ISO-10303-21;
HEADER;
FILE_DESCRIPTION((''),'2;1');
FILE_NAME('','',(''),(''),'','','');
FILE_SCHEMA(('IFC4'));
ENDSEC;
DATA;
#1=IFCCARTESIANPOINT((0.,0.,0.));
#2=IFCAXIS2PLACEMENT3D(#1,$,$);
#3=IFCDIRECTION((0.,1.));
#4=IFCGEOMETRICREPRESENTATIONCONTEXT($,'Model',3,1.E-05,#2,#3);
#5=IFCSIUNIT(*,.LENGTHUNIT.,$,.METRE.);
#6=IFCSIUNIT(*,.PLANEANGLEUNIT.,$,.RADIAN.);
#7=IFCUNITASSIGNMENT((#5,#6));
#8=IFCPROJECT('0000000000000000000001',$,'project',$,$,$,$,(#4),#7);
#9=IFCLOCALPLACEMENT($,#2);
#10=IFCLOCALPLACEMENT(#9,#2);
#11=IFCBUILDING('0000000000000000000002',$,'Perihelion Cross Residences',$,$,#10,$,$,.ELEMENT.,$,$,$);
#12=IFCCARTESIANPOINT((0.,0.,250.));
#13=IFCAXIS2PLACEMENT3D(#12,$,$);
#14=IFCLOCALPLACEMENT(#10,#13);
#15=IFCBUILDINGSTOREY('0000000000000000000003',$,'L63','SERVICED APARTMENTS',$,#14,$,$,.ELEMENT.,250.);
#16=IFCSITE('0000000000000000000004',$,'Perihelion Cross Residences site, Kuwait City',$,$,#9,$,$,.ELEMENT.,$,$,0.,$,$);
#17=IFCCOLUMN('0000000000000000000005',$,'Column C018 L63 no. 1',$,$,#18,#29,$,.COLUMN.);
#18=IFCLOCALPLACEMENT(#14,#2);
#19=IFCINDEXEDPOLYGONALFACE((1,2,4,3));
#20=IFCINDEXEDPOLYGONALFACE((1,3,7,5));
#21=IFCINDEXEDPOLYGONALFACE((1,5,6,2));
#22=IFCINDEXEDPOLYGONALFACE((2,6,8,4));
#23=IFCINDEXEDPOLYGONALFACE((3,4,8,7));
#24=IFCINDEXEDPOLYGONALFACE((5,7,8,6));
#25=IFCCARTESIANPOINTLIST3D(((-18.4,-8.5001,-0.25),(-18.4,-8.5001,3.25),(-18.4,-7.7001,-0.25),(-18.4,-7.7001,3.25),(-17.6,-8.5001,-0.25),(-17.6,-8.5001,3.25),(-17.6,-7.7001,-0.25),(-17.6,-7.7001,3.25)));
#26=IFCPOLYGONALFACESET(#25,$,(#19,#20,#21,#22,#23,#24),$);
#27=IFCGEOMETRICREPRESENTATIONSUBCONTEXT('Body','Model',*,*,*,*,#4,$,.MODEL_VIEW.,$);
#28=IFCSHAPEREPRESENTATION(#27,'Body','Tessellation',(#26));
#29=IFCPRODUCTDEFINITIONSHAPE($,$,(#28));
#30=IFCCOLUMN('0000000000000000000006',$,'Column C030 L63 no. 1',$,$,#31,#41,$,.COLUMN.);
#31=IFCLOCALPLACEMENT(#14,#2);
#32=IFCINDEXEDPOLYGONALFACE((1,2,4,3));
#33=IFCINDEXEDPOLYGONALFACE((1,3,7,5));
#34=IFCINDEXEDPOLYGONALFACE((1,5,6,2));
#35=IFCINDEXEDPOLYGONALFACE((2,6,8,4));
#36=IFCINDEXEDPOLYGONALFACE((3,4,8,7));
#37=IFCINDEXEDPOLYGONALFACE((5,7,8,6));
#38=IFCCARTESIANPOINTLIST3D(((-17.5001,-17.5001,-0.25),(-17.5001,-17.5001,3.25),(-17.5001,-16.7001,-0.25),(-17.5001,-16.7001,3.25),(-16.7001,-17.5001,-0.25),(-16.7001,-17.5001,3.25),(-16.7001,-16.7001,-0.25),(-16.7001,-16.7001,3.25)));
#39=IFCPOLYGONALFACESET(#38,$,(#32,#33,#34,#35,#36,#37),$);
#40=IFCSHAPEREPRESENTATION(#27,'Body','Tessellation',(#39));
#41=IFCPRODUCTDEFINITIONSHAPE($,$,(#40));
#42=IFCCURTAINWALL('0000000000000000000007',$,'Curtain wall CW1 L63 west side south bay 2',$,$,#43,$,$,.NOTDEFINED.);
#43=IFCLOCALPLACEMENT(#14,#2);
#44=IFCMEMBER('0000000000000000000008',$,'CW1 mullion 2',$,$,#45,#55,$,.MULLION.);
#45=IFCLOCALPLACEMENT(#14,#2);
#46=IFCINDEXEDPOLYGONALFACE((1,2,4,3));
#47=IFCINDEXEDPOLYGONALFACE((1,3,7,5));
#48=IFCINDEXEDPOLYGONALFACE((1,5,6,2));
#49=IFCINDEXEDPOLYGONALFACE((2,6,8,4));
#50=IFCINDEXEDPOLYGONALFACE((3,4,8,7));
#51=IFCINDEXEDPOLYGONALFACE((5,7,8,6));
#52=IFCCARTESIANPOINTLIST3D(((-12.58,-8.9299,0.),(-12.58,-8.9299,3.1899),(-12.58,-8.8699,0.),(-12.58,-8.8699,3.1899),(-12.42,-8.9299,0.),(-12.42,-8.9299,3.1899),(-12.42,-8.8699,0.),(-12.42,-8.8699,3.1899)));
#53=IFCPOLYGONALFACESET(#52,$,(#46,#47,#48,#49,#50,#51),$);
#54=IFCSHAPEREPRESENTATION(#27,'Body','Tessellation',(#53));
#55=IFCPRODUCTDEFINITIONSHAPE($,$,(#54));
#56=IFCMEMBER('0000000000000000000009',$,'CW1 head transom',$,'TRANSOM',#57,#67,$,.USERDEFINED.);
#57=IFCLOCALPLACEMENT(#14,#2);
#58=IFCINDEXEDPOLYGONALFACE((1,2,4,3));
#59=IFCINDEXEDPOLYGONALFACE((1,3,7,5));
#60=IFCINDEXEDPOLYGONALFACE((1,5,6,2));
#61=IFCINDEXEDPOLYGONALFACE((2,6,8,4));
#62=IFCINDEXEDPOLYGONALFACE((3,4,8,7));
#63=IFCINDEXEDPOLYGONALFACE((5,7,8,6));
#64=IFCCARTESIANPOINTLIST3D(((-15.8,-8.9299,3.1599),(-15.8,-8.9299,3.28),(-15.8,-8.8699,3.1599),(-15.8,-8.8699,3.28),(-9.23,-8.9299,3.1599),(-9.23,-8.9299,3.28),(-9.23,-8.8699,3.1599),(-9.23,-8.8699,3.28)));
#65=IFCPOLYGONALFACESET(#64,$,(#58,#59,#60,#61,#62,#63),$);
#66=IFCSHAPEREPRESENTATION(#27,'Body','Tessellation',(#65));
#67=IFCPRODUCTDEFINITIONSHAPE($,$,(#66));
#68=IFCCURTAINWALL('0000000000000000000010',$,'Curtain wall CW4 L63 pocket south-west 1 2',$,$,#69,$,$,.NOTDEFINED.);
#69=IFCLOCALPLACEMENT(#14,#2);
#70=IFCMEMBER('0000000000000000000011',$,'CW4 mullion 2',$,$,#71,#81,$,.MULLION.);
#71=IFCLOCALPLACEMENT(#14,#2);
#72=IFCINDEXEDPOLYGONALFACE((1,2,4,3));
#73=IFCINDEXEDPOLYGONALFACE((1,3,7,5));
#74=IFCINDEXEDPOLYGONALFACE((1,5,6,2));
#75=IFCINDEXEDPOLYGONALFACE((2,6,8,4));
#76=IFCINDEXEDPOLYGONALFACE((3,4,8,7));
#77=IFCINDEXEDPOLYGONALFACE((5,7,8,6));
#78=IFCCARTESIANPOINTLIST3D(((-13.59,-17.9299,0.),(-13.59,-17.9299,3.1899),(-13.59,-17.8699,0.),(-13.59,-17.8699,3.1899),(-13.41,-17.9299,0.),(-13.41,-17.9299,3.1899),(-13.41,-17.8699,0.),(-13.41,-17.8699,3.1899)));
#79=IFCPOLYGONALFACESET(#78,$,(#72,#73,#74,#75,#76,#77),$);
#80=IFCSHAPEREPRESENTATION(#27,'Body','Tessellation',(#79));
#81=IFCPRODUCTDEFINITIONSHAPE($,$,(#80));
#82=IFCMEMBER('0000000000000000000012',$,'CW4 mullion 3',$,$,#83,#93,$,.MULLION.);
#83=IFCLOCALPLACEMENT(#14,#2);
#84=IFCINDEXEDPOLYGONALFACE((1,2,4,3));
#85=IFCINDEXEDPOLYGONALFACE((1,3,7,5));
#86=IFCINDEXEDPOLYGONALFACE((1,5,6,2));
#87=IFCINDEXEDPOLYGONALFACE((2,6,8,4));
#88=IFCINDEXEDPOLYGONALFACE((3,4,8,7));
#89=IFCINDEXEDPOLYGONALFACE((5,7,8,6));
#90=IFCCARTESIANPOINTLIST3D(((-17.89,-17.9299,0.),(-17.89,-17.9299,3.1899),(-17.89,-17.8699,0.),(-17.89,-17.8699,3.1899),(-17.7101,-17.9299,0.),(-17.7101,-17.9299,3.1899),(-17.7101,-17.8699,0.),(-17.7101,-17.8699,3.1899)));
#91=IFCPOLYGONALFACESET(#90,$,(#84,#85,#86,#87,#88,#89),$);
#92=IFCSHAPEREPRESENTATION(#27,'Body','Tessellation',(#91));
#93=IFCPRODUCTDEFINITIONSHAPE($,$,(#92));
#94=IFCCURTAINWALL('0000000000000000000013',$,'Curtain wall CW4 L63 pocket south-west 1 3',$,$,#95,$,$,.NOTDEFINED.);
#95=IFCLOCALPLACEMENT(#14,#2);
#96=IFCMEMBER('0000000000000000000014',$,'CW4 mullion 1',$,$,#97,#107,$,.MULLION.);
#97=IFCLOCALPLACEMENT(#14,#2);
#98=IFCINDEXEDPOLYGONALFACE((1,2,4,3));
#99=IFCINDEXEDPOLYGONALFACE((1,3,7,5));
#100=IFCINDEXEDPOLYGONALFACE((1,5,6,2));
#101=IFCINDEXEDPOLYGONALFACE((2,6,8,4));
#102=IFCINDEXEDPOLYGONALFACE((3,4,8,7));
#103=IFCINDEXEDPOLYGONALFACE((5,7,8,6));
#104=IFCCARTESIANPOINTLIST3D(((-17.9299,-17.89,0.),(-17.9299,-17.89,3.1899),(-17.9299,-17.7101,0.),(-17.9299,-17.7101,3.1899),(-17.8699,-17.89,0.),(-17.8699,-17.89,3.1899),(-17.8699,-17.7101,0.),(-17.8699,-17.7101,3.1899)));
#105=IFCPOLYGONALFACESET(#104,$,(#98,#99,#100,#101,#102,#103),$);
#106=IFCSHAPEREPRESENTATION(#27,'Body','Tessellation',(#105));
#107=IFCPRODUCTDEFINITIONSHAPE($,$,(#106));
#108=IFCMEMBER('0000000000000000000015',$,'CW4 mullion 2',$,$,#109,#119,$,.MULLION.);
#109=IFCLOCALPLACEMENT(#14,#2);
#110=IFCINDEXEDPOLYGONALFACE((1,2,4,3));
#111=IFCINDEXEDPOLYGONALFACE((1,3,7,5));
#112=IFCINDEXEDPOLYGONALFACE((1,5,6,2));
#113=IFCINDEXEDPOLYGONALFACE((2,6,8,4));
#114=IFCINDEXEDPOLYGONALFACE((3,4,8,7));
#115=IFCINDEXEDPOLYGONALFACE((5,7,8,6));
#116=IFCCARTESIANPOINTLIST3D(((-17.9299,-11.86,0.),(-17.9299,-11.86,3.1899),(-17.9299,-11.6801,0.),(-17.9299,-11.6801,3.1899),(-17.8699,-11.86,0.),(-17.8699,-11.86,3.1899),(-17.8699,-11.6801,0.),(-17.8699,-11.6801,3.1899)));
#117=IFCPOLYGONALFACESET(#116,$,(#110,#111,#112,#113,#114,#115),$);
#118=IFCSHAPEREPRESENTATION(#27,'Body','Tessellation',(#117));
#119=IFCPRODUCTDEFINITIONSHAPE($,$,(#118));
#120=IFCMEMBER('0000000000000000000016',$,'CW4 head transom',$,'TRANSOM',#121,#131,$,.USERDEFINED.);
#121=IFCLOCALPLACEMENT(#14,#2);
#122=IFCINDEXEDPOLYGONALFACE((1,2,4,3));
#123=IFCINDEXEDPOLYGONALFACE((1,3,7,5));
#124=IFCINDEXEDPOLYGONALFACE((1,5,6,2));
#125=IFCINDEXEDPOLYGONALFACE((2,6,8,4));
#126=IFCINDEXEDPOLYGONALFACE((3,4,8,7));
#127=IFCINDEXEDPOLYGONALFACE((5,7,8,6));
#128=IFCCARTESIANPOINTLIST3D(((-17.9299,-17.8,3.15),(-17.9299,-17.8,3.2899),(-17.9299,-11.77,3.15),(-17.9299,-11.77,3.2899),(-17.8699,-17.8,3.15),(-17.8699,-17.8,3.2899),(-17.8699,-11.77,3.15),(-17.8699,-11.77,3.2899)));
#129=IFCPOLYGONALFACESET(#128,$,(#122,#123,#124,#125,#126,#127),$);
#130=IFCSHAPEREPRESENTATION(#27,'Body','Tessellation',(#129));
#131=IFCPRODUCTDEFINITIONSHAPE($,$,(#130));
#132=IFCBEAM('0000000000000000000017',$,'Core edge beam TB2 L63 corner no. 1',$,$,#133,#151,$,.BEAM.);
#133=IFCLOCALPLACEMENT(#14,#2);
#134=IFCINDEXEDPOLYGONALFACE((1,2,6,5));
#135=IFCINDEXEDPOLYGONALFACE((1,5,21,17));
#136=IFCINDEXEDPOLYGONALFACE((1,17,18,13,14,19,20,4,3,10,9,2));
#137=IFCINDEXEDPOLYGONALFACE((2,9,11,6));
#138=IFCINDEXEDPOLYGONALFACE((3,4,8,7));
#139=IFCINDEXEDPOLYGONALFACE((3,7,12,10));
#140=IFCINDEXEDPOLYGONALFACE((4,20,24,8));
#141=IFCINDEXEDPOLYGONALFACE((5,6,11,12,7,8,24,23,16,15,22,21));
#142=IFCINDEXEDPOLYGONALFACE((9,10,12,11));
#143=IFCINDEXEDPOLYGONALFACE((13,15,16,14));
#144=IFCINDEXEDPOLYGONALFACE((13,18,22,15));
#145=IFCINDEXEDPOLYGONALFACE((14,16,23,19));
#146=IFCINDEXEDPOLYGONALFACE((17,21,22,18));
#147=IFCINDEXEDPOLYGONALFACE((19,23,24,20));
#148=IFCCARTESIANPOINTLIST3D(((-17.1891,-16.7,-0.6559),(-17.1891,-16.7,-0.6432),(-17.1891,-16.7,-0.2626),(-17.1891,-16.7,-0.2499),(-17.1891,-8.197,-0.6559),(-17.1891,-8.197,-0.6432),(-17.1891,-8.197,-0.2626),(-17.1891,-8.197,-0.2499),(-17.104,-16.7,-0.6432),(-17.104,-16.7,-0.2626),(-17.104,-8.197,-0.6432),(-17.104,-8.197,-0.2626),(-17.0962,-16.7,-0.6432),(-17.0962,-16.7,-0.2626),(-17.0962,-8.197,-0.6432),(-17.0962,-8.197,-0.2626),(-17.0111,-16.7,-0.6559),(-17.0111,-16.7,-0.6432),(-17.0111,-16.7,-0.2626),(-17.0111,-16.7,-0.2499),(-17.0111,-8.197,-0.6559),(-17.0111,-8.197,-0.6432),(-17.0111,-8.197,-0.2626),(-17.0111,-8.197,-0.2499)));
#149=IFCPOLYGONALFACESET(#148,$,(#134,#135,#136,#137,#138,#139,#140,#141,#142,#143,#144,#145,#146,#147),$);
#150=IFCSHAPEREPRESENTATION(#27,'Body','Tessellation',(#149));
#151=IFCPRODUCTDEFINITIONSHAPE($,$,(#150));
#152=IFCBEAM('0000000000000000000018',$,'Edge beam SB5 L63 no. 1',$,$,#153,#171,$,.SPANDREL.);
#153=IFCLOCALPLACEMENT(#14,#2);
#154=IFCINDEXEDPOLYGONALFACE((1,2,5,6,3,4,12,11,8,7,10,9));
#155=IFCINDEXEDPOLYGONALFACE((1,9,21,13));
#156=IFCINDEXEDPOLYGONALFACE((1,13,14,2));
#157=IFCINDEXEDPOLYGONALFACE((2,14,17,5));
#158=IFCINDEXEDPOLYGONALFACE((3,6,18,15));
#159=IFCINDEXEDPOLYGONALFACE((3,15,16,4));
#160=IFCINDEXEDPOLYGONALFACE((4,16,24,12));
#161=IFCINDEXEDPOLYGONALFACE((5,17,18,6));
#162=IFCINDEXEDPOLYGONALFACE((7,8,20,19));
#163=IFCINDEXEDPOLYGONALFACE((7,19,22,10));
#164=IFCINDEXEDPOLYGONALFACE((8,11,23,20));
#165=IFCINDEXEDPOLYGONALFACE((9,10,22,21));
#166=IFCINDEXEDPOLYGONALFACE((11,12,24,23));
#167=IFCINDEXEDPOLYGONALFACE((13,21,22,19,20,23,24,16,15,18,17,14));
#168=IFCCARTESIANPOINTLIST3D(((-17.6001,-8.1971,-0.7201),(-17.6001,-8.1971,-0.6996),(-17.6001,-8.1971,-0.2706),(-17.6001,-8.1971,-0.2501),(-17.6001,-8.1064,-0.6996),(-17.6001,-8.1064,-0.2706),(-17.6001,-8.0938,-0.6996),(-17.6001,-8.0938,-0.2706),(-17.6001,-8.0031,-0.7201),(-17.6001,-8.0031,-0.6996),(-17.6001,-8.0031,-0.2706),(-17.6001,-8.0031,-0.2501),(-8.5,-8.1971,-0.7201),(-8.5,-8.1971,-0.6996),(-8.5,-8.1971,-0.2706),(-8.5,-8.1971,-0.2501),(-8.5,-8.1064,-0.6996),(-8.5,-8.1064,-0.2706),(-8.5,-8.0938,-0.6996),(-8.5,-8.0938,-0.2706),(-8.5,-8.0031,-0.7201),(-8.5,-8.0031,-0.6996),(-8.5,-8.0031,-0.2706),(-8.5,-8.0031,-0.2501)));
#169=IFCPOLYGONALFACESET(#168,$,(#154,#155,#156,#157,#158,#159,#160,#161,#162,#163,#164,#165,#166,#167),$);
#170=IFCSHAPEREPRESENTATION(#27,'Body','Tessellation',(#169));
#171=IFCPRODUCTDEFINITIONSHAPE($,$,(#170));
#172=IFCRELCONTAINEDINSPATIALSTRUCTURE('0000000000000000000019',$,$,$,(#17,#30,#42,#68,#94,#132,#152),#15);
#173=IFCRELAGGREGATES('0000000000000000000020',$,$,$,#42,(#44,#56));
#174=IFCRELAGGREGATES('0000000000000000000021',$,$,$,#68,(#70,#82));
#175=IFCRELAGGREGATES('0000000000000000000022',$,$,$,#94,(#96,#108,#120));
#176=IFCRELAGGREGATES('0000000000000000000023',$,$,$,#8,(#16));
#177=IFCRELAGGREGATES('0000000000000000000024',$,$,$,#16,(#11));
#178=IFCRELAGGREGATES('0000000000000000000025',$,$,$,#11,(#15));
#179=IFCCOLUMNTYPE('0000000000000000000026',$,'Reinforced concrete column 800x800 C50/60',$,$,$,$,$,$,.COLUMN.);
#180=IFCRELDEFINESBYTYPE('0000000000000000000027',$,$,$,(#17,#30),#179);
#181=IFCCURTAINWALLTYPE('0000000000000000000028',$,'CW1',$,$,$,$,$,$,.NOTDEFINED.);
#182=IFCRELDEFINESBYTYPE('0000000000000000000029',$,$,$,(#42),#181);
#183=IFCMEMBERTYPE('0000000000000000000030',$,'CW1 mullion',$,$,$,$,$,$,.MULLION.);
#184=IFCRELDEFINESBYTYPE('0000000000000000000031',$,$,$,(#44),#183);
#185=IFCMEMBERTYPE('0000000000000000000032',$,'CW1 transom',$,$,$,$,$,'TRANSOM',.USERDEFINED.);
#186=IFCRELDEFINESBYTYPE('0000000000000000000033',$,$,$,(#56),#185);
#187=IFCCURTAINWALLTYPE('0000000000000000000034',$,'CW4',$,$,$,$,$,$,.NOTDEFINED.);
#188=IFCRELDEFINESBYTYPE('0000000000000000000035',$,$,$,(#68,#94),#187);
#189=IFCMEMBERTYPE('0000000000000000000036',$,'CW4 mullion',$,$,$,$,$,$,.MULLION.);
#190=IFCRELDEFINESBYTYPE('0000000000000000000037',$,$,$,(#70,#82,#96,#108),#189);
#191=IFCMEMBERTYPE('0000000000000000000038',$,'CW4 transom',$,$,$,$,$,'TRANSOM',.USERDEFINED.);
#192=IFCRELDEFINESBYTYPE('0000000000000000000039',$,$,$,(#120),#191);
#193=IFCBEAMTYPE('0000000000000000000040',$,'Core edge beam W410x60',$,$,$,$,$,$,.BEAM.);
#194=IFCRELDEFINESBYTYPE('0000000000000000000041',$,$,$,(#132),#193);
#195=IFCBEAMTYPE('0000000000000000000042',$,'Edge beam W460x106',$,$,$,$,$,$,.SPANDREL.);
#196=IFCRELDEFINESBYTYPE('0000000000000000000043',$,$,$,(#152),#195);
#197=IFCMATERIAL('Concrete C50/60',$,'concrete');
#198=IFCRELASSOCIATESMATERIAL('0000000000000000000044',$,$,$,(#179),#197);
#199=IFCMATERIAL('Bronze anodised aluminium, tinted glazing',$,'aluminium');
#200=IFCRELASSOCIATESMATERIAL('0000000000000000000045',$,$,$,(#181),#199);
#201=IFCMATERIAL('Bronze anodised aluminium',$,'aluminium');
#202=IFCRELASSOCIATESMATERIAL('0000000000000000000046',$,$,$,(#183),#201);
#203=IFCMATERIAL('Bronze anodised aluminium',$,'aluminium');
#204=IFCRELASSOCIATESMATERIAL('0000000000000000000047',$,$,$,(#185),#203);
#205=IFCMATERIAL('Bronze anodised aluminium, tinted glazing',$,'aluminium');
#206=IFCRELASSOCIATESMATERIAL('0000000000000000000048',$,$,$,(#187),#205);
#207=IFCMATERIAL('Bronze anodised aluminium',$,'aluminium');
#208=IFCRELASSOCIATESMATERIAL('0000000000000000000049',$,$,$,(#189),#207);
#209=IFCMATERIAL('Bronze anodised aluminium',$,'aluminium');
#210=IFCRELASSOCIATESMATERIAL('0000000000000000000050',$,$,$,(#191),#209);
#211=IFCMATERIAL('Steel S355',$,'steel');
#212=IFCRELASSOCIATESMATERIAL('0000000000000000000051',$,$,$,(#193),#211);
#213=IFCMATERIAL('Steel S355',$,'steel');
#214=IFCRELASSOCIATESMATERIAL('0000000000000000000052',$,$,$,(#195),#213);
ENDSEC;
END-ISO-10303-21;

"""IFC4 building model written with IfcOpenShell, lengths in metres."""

from ifc_helpers import new_model, si_unit, direction, frame, origin, origin_2d, place, context, subcontext, project, spatial, rectangle, i_section, extrude, material, material_profile, profile_set, type_object, element, aggregate, save


model = new_model("IFC4")

# Units and contexts
model_context = context("Model", 3, precision=1e-05, world=origin(), true_north=direction((0.0, 1.0)))
body_context = subcontext(model_context, "Body", "Model", "MODEL_VIEW")
ifc_project = project(units=[si_unit("LENGTHUNIT", "METRE"), si_unit("PLANEANGLEUNIT", "RADIAN")], contexts=[model_context])

# Site, building, storey
site_placement = place(None, origin())
site = spatial("IfcSite", under=ifc_project, at=site_placement, Name="Perihelion Cross Residences site, Kuwait City", CompositionType="ELEMENT", RefElevation=0.0)
building_placement = place(site_placement, origin())
building = spatial("IfcBuilding", under=site, at=building_placement, Name="Perihelion Cross Residences", CompositionType="ELEMENT")
storey_placement = place(building_placement, frame((0.0, 0.0, 250.0)))
storey = spatial("IfcBuildingStorey", under=building, at=storey_placement, Name="L63", Description="SERVICED APARTMENTS", CompositionType="ELEMENT", Elevation=250.0)

# Columns
ifc_material_1 = material(Name="Concrete C50/60", Category="concrete")
ifc_material_profile_1 = material_profile(ifc_material_1, rectangle(XDim=0.8, YDim=0.8, at=origin_2d()), Name="RC 800x800")
ifc_profile_set_1 = profile_set([ifc_material_profile_1], Name="Concrete C50/60")
column_type = type_object("IfcColumnType", Name="Reinforced concrete column 800x800 C50/60", PredefinedType="COLUMN", material=ifc_profile_set_1)
for number, where, z_axis, x_axis, name in (
    (1, (-18.0, -8.1001, -0.25), (0.0, 0.0, 1.0), (1.0, 0.0, 0.0), "Column C018 L63 no. 1"),
    (2, (-17.1001, -17.1001, -0.25), (0.0, 0.0, 1.0), (1.0, 0.0, 0.0), "Column C030 L63 no. 1"),
):
    element("IfcColumn", number, at=place(storey_placement, frame(where, z_axis=z_axis, x_axis=x_axis)), inside=storey, type_object=column_type, Name=name, PredefinedType="COLUMN", context=body_context, shape_type="SweptSolid", body=[
        extrude(rectangle(XDim=0.8, YDim=0.8, at=origin_2d()), origin(), (0.0, 0.0, 1.0), 3.5),
    ])

# Curtain walls, members
ifc_material_2 = material(Name="Bronze anodised aluminium, tinted glazing", Category="aluminium")
curtain_wall_type_1 = type_object("IfcCurtainWallType", Name="CW1", PredefinedType="NOTDEFINED", material=ifc_material_2)
curtain_wall_1_placement = place(storey_placement, origin())
curtain_wall_1 = element("IfcCurtainWall", 3, at=curtain_wall_1_placement, inside=storey, type_object=curtain_wall_type_1, Name="Curtain wall CW1 L63 west side south bay 2", PredefinedType="NOTDEFINED")
ifc_material_3 = material(Name="Bronze anodised aluminium", Category="aluminium")
ifc_material_profile_2 = material_profile(ifc_material_3, rectangle(XDim=0.0601, YDim=0.1599, at=origin_2d()), Name="CW1 mullion")
ifc_profile_set_2 = profile_set([ifc_material_profile_2], Name="Bronze anodised aluminium")
member_type_1 = type_object("IfcMemberType", Name="CW1 mullion", PredefinedType="MULLION", material=ifc_profile_set_2)
member_1_placement = place(storey_placement, frame((-12.5, -8.8999, 0.0), z_axis=(0.0, 0.0, 1.0), x_axis=(0.0, 1.0, 0.0)))
member_1 = element("IfcMember", 4, at=member_1_placement, type_object=member_type_1, Name="CW1 mullion 2", PredefinedType="MULLION", context=body_context, shape_type="SweptSolid", body=[
    extrude(rectangle(XDim=0.0601, YDim=0.1599, at=origin_2d()), origin(), (0.0, 0.0, 1.0), 3.1899),
])
ifc_material_4 = material(Name="Bronze anodised aluminium", Category="aluminium")
ifc_material_profile_3 = material_profile(ifc_material_4, rectangle(XDim=0.0601, YDim=0.1201, at=origin_2d()), Name="CW1 transom")
ifc_profile_set_3 = profile_set([ifc_material_profile_3], Name="Bronze anodised aluminium")
member_type_2 = type_object("IfcMemberType", Name="CW1 transom", ElementType="TRANSOM", PredefinedType="USERDEFINED", material=ifc_profile_set_3)
member_2_placement = place(storey_placement, frame((-15.8, -8.8999, 3.22), z_axis=(1.0, 0.0, 0.0), x_axis=(0.0, 1.0, 0.0)))
member_2 = element("IfcMember", 5, at=member_2_placement, type_object=member_type_2, Name="CW1 head transom", ObjectType="TRANSOM", PredefinedType="USERDEFINED", context=body_context, shape_type="SweptSolid", body=[
    extrude(rectangle(XDim=0.0601, YDim=0.1201, at=origin_2d()), origin(), (0.0, 0.0, 1.0), 6.5701),
])
ifc_material_5 = material(Name="Bronze anodised aluminium, tinted glazing", Category="aluminium")
curtain_wall_type_2 = type_object("IfcCurtainWallType", Name="CW4", PredefinedType="NOTDEFINED", material=ifc_material_5)
curtain_wall_2_placement = place(storey_placement, origin())
curtain_wall_2 = element("IfcCurtainWall", 6, at=curtain_wall_2_placement, inside=storey, type_object=curtain_wall_type_2, Name="Curtain wall CW4 L63 pocket south-west 1 2", PredefinedType="NOTDEFINED")
ifc_material_6 = material(Name="Bronze anodised aluminium", Category="aluminium")
ifc_material_profile_4 = material_profile(ifc_material_6, rectangle(XDim=0.0601, YDim=0.1799, at=origin_2d()), Name="CW4 mullion")
ifc_profile_set_4 = profile_set([ifc_material_profile_4], Name="Bronze anodised aluminium")
member_type_3 = type_object("IfcMemberType", Name="CW4 mullion", PredefinedType="MULLION", material=ifc_profile_set_4)
member_3_placement = place(storey_placement, frame((-13.5, -17.8999, 0.0), z_axis=(0.0, 0.0, 1.0), x_axis=(0.0, -1.0, 0.0)))
member_3 = element("IfcMember", 7, at=member_3_placement, type_object=member_type_3, Name="CW4 mullion 2", PredefinedType="MULLION", context=body_context, shape_type="SweptSolid", body=[
    extrude(rectangle(XDim=0.0601, YDim=0.1799, at=origin_2d()), origin(), (0.0, 0.0, 1.0), 3.1899),
])
member_4_placement = place(storey_placement, frame((-17.8, -17.8999, 0.0), z_axis=(0.0, 0.0, 1.0), x_axis=(0.0, -1.0, 0.0)))
member_4 = element("IfcMember", 8, at=member_4_placement, type_object=member_type_3, Name="CW4 mullion 3", PredefinedType="MULLION", context=body_context, shape_type="SweptSolid", body=[
    extrude(rectangle(XDim=0.0601, YDim=0.1799, at=origin_2d()), origin(), (0.0, 0.0, 1.0), 3.1899),
])
curtain_wall_3_placement = place(storey_placement, origin())
curtain_wall_3 = element("IfcCurtainWall", 9, at=curtain_wall_3_placement, inside=storey, type_object=curtain_wall_type_2, Name="Curtain wall CW4 L63 pocket south-west 1 3", PredefinedType="NOTDEFINED")
member_5_placement = place(storey_placement, frame((-17.8999, -17.8, 0.0), z_axis=(0.0, 0.0, 1.0), x_axis=(-1.0, 0.0, 0.0)))
member_5 = element("IfcMember", 10, at=member_5_placement, type_object=member_type_3, Name="CW4 mullion 1", PredefinedType="MULLION", context=body_context, shape_type="SweptSolid", body=[
    extrude(rectangle(XDim=0.0601, YDim=0.1799, at=origin_2d()), origin(), (0.0, 0.0, 1.0), 3.1899),
])
member_6_placement = place(storey_placement, frame((-17.8999, -11.77, 0.0), z_axis=(0.0, 0.0, 1.0), x_axis=(-1.0, 0.0, 0.0)))
member_6 = element("IfcMember", 11, at=member_6_placement, type_object=member_type_3, Name="CW4 mullion 2", PredefinedType="MULLION", context=body_context, shape_type="SweptSolid", body=[
    extrude(rectangle(XDim=0.0601, YDim=0.1799, at=origin_2d()), origin(), (0.0, 0.0, 1.0), 3.1899),
])
ifc_material_7 = material(Name="Bronze anodised aluminium", Category="aluminium")
ifc_material_profile_5 = material_profile(ifc_material_7, rectangle(XDim=0.0601, YDim=0.1399, at=origin_2d()), Name="CW4 transom")
ifc_profile_set_5 = profile_set([ifc_material_profile_5], Name="Bronze anodised aluminium")
member_type_4 = type_object("IfcMemberType", Name="CW4 transom", ElementType="TRANSOM", PredefinedType="USERDEFINED", material=ifc_profile_set_5)
member_7_placement = place(storey_placement, frame((-17.8999, -17.8, 3.22), z_axis=(0.0, 1.0, 0.0), x_axis=(-1.0, 0.0, 0.0)))
member_7 = element("IfcMember", 12, at=member_7_placement, type_object=member_type_4, Name="CW4 head transom", ObjectType="TRANSOM", PredefinedType="USERDEFINED", context=body_context, shape_type="SweptSolid", body=[
    extrude(rectangle(XDim=0.0601, YDim=0.1399, at=origin_2d()), origin(), (0.0, 0.0, 1.0), 6.03),
])

# Beams
ifc_material_8 = material(Name="Steel S355", Category="steel")
ifc_material_profile_6 = material_profile(ifc_material_8, i_section(OverallWidth=0.178, OverallDepth=0.406, WebThickness=0.0078, FlangeThickness=0.0127, at=origin_2d()), Name="W410x60")
ifc_profile_set_6 = profile_set([ifc_material_profile_6], Name="Steel S355")
beam_type_1 = type_object("IfcBeamType", Name="Core edge beam W410x60", PredefinedType="BEAM", material=ifc_profile_set_6)
beam_1_placement = place(storey_placement, frame((-17.1001, -8.197, -0.4529), z_axis=(0.0, -1.0, 0.0), x_axis=(1.0, 0.0, 0.0)))
element("IfcBeam", 13, at=beam_1_placement, inside=storey, type_object=beam_type_1, Name="Core edge beam TB2 L63 corner no. 1", PredefinedType="BEAM", context=body_context, shape_type="SweptSolid", body=[
    extrude(i_section(OverallWidth=0.178, OverallDepth=0.406, WebThickness=0.0078, FlangeThickness=0.0127, at=origin_2d()), origin(), (0.0, 0.0, 1.0), 8.5029),
])
ifc_material_9 = material(Name="Steel S355", Category="steel")
ifc_material_profile_7 = material_profile(ifc_material_9, i_section(OverallWidth=0.1941, OverallDepth=0.47, WebThickness=0.0127, FlangeThickness=0.0205, at=origin_2d()), Name="W460x106")
ifc_profile_set_7 = profile_set([ifc_material_profile_7], Name="Steel S355")
beam_type_2 = type_object("IfcBeamType", Name="Edge beam W460x106", PredefinedType="SPANDREL", material=ifc_profile_set_7)
beam_2_placement = place(storey_placement, frame((-17.6001, -8.1001, -0.4851), z_axis=(1.0, 0.0, 0.0), x_axis=(0.0, 1.0, 0.0)))
element("IfcBeam", 14, at=beam_2_placement, inside=storey, type_object=beam_type_2, Name="Edge beam SB5 L63 no. 1", PredefinedType="SPANDREL", context=body_context, shape_type="SweptSolid", body=[
    extrude(i_section(OverallWidth=0.1941, OverallDepth=0.47, WebThickness=0.0127, FlangeThickness=0.0205, at=origin_2d()), origin(), (0.0, 0.0, 1.0), 9.1001),
])

aggregate(curtain_wall_1, [member_1, member_2])
aggregate(curtain_wall_2, [member_3, member_4])
aggregate(curtain_wall_3, [member_5, member_6, member_7])

save(model, "model.ifc")
